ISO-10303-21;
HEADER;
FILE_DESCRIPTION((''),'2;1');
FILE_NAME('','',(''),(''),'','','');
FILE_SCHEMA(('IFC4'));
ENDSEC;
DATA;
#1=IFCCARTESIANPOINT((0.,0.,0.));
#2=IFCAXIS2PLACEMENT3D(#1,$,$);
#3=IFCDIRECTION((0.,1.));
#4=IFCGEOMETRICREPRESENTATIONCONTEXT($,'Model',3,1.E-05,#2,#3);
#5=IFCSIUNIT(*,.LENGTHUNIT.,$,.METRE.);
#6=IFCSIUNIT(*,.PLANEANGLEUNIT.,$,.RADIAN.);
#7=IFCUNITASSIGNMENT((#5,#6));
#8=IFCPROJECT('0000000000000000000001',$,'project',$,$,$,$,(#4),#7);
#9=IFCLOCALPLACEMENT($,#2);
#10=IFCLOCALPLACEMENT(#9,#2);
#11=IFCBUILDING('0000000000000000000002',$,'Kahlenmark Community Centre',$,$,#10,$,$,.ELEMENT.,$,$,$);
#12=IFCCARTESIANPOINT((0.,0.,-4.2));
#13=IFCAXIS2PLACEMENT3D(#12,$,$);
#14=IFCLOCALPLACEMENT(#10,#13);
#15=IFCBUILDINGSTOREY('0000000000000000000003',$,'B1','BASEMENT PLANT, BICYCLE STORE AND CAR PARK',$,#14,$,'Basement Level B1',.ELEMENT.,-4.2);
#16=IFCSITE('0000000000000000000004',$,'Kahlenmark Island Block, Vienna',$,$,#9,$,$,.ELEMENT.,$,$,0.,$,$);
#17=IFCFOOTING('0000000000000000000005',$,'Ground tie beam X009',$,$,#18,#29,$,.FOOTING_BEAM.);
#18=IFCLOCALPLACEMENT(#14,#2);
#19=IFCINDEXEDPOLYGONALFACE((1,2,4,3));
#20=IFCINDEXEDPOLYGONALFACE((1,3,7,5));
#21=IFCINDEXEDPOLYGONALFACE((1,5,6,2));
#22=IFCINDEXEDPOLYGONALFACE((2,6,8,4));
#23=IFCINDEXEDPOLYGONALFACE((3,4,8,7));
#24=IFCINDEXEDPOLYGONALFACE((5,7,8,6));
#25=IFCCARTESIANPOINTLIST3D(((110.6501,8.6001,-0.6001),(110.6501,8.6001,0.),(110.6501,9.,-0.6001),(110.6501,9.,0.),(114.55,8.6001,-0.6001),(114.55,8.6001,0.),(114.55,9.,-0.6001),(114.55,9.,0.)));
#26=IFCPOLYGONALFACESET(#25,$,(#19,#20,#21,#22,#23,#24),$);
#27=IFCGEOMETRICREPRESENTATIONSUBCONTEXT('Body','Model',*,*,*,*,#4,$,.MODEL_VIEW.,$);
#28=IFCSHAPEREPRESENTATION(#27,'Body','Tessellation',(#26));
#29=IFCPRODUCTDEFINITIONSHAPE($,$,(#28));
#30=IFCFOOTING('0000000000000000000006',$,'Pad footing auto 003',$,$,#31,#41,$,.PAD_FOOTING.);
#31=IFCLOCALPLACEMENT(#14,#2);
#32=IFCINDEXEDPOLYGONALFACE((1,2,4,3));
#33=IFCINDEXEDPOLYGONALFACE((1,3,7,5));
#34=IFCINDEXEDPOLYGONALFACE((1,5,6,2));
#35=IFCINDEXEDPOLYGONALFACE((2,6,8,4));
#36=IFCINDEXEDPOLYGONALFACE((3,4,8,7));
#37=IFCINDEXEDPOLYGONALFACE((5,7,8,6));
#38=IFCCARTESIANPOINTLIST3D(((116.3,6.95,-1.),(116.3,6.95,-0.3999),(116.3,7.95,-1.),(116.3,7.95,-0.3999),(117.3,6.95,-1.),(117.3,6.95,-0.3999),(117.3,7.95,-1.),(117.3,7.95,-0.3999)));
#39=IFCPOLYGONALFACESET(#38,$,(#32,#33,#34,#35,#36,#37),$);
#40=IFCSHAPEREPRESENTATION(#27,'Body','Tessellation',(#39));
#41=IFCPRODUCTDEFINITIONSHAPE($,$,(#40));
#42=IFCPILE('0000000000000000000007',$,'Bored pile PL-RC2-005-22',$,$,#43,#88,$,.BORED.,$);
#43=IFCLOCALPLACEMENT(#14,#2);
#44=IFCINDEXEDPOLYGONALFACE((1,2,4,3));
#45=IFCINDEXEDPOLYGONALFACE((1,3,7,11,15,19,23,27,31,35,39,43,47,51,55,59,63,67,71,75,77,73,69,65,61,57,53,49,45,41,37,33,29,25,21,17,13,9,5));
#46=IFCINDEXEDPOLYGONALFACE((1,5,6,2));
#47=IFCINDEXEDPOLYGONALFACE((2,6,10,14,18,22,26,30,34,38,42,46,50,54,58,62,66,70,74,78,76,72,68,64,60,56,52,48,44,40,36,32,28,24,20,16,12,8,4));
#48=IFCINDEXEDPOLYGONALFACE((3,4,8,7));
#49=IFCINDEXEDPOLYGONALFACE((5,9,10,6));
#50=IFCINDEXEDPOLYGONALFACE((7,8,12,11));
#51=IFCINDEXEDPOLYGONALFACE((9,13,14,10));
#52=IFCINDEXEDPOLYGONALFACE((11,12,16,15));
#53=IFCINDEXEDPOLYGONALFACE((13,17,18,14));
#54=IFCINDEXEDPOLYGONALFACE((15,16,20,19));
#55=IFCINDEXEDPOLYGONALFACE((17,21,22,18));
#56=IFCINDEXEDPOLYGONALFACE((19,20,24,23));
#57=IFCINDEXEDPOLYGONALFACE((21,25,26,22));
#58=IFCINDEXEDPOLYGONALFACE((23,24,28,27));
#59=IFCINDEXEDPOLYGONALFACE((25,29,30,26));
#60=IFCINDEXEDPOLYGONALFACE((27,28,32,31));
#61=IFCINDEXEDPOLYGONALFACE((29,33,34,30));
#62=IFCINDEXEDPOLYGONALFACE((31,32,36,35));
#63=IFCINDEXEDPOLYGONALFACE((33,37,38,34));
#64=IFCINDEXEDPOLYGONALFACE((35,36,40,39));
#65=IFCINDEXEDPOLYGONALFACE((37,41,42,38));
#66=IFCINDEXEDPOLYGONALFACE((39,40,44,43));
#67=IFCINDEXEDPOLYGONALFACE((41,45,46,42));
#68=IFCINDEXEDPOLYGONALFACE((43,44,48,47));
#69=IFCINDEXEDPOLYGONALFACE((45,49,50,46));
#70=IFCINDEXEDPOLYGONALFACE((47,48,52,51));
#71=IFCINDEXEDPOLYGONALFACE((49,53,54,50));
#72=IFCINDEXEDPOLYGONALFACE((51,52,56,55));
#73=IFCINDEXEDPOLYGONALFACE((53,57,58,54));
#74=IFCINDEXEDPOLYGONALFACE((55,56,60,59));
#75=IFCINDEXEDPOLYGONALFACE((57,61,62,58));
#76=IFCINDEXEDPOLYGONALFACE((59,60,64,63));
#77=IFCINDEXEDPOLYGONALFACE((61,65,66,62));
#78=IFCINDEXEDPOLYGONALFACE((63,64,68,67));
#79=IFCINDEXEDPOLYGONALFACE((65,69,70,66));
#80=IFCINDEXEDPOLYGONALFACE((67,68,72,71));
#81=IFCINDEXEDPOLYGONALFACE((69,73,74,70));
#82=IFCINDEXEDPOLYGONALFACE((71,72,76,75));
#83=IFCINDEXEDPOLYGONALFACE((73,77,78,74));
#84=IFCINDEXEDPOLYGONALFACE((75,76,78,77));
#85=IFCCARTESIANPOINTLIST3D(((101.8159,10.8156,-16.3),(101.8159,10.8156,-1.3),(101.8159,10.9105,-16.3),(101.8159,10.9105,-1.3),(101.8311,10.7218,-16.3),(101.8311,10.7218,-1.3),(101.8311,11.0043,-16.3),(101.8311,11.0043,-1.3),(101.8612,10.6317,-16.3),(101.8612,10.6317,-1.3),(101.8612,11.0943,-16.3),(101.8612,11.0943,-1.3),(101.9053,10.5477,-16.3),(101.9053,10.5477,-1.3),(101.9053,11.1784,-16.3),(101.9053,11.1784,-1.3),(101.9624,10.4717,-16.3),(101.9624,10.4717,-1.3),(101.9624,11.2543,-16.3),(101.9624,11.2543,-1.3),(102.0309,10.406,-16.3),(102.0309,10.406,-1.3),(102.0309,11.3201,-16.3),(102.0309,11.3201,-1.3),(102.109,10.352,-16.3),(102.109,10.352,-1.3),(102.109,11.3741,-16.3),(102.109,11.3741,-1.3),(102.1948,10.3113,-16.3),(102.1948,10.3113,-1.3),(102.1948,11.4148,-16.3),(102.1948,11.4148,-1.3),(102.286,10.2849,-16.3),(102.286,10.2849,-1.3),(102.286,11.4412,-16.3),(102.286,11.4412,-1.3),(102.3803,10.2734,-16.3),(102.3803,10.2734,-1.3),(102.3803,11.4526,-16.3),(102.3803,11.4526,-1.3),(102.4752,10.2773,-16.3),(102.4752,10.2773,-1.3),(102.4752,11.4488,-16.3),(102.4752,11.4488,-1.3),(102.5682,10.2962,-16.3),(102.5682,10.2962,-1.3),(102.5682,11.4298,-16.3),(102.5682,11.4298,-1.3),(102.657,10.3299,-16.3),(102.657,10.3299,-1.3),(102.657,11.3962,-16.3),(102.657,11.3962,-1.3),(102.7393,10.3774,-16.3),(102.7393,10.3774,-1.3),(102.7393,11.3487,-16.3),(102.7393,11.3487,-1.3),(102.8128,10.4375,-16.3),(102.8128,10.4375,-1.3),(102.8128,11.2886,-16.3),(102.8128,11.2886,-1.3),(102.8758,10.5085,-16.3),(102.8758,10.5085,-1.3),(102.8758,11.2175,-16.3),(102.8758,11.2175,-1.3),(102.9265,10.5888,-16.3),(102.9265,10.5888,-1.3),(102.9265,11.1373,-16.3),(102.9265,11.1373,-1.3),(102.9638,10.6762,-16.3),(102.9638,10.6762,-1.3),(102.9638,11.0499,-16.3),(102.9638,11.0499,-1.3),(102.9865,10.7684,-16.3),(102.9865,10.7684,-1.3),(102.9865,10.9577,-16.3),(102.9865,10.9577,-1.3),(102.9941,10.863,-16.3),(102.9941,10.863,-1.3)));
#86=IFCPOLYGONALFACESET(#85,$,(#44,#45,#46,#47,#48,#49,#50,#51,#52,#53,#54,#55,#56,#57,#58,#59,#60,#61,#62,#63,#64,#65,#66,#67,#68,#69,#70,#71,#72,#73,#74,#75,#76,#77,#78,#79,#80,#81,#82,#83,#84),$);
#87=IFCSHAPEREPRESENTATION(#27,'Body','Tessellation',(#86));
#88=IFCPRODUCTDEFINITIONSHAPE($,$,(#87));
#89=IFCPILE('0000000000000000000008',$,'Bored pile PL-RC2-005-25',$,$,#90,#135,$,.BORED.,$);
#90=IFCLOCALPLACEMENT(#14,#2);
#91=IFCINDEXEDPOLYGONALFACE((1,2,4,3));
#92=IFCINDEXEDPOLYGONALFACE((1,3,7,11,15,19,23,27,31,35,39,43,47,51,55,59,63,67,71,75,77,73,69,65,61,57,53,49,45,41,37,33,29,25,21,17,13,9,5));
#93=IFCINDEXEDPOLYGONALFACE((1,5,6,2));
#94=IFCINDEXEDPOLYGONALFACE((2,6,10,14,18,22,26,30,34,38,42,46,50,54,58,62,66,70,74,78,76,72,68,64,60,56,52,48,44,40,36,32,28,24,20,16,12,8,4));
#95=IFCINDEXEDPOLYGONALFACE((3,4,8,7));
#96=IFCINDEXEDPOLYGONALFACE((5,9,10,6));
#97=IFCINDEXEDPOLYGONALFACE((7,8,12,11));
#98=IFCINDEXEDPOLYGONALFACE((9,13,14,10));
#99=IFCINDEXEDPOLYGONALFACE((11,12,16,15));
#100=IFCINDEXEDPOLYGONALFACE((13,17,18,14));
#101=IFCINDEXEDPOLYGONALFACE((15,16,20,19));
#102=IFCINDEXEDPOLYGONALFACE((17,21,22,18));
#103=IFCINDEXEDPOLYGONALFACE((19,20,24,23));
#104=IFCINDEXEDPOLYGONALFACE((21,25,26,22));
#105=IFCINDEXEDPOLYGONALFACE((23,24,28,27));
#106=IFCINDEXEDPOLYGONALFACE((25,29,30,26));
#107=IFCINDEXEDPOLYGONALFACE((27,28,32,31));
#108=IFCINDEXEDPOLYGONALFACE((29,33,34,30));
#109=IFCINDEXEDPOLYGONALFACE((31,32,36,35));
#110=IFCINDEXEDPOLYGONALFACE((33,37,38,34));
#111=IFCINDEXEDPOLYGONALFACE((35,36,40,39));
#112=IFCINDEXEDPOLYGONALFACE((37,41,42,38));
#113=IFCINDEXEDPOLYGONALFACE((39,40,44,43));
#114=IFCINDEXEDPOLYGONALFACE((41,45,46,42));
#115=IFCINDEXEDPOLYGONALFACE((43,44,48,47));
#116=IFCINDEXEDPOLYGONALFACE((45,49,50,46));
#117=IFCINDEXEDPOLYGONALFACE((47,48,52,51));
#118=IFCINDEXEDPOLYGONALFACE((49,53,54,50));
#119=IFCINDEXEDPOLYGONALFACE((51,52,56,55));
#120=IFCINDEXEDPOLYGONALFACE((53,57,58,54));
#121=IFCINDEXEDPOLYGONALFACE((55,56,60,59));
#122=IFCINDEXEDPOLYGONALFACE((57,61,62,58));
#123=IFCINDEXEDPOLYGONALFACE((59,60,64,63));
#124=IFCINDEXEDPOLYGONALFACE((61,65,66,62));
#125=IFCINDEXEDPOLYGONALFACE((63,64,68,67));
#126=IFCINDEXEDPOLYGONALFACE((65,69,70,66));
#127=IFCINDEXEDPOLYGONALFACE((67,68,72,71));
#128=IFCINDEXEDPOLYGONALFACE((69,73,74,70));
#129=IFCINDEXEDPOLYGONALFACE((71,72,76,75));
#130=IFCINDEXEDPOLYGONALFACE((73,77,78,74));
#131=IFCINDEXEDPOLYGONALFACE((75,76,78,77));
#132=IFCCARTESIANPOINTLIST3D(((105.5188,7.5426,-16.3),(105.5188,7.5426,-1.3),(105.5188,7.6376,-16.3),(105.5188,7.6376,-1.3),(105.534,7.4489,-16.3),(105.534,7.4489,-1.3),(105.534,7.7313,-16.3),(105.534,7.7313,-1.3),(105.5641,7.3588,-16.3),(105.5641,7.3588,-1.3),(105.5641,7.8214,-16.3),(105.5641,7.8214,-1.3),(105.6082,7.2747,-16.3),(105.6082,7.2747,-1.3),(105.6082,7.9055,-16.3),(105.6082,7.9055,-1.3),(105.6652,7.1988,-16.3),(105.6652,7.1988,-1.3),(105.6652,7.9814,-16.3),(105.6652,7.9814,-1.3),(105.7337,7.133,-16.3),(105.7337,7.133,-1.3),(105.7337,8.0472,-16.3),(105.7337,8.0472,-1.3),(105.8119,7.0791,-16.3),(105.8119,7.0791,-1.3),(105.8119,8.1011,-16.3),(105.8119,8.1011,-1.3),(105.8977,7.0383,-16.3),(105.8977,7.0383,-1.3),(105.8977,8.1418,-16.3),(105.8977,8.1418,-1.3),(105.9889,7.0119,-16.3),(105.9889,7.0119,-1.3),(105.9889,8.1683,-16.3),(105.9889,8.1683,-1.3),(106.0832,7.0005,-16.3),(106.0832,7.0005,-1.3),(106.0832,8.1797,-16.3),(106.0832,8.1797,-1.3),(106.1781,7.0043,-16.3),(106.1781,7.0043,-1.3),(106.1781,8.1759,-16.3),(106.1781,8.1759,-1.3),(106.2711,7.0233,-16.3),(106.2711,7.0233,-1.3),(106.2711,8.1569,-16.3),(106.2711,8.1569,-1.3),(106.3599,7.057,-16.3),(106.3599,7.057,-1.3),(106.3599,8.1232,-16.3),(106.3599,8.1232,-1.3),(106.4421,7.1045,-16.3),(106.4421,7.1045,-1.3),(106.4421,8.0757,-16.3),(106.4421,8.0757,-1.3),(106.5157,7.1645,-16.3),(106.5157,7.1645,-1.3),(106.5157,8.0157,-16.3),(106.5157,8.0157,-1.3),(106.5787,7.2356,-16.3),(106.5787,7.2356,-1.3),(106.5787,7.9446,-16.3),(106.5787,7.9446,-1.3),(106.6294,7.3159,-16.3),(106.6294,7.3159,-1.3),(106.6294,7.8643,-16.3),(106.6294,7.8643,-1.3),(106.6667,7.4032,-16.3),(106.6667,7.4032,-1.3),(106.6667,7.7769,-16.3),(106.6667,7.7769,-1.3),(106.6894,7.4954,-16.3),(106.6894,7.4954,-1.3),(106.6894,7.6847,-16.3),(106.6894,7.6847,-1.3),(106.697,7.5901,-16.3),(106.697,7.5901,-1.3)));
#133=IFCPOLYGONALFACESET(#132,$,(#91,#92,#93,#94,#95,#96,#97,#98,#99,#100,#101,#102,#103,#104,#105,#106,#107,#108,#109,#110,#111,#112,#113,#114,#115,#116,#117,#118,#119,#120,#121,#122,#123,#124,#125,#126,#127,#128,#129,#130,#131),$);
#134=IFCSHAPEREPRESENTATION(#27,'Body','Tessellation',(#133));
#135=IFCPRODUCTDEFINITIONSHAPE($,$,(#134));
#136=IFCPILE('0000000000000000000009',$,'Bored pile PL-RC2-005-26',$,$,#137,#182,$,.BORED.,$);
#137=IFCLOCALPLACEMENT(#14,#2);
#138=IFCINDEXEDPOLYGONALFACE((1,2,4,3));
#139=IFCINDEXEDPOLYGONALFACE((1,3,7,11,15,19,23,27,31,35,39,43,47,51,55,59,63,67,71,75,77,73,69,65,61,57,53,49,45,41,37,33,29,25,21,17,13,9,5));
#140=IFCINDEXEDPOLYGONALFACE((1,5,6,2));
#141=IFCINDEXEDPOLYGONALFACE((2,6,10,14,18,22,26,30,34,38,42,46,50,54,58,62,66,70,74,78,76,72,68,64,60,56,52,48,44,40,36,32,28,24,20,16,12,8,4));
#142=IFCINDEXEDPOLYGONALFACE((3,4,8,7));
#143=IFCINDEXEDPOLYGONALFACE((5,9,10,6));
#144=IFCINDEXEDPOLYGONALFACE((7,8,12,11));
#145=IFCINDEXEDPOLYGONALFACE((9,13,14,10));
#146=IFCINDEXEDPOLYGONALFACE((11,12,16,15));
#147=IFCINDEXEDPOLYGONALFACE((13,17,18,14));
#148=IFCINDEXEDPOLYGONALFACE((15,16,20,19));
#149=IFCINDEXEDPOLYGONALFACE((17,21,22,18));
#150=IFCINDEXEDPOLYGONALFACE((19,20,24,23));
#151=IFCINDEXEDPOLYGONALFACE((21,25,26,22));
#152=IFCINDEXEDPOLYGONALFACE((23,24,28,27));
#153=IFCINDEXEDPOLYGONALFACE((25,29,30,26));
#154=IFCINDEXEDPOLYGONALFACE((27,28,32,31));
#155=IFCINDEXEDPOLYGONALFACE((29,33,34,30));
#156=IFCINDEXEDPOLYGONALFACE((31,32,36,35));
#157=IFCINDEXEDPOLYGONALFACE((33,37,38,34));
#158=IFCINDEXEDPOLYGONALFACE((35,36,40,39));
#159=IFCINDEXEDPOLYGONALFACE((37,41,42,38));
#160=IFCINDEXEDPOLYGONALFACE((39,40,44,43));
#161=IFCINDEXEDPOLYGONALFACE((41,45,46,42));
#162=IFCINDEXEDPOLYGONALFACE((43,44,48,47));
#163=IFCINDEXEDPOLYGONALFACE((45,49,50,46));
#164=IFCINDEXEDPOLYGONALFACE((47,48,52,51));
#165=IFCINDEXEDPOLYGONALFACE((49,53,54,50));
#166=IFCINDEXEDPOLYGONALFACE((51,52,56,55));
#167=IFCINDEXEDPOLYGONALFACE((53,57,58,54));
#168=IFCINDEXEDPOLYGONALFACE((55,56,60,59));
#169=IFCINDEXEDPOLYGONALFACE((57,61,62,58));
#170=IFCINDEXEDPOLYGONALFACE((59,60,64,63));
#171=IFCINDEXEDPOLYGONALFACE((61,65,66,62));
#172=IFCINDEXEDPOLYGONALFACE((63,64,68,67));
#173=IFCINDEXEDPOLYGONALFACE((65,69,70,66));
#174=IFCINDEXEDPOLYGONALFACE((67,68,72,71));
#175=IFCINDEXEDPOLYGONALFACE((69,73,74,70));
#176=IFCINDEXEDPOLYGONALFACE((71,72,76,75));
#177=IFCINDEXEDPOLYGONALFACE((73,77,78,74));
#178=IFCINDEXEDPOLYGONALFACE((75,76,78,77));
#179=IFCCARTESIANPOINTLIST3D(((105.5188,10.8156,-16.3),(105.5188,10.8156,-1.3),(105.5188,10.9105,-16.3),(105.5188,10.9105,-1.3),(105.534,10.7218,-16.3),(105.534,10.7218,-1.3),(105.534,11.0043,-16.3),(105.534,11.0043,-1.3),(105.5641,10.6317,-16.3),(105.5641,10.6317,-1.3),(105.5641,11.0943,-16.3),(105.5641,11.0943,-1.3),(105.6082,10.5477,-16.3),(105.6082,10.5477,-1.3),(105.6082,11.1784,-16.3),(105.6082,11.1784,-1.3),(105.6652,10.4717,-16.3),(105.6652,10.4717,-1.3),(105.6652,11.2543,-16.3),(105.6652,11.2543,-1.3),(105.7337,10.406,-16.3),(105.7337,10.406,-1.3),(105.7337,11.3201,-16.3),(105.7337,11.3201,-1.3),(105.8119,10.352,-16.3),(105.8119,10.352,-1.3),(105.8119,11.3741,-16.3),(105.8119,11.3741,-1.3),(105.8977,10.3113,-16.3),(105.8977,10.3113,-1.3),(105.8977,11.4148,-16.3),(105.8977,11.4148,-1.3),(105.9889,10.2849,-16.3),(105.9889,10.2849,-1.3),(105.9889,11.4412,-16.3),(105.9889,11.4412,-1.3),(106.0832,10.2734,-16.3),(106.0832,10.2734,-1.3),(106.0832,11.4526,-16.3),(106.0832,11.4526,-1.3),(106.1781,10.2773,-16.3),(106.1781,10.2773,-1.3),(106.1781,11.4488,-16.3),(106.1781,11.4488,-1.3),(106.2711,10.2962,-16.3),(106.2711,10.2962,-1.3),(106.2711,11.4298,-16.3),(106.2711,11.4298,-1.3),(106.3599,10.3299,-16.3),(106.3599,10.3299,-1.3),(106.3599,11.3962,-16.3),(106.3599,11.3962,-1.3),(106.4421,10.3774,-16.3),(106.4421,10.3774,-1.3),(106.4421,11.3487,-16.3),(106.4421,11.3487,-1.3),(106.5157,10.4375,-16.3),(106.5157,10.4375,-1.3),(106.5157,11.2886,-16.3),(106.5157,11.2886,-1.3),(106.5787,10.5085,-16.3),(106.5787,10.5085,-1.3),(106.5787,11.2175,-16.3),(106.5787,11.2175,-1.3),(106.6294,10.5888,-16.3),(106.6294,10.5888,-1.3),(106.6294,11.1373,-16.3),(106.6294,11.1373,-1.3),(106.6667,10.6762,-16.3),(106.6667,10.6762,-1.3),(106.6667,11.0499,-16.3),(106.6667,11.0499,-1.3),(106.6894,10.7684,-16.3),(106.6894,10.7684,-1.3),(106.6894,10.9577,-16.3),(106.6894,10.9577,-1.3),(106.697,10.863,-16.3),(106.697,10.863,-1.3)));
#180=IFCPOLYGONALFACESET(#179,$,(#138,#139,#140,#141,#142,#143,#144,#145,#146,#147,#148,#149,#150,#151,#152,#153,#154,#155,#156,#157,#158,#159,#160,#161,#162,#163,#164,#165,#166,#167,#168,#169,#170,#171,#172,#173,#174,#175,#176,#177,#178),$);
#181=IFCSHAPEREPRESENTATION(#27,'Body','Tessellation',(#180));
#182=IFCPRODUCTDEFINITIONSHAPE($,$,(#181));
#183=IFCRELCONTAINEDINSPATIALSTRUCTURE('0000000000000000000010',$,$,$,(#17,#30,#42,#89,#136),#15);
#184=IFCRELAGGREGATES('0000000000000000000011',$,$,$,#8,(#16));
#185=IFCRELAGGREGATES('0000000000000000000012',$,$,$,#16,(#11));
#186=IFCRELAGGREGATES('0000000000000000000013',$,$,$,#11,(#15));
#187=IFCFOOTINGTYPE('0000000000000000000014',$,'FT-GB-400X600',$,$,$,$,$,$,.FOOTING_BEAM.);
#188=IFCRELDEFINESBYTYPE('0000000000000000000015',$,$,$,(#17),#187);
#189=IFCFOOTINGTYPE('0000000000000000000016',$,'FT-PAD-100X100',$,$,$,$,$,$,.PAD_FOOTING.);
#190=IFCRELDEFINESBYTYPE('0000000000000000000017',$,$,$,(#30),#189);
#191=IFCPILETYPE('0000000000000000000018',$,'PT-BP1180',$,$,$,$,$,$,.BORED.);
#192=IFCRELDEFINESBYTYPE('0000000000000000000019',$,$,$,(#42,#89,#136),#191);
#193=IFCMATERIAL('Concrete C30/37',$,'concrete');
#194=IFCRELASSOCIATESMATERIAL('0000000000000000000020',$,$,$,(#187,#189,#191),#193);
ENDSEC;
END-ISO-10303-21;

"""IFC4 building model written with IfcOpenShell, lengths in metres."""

from ifc_helpers import new_model, si_unit, direction, frame, origin, origin_2d, place, context, subcontext, project, spatial, rectangle, circle, extrude, material, material_profile, profile_set, type_object, element, save


model = new_model("IFC4")

# Units and contexts
model_context = context("Model", 3, precision=1e-05, world=origin(), true_north=direction((0.0, 1.0)))
body_context = subcontext(model_context, "Body", "Model", "MODEL_VIEW")
ifc_project = project(units=[si_unit("LENGTHUNIT", "METRE"), si_unit("PLANEANGLEUNIT", "RADIAN")], contexts=[model_context])

# Site, building, storey
site_placement = place(None, origin())
site = spatial("IfcSite", under=ifc_project, at=site_placement, Name="Kahlenmark Island Block, Vienna", CompositionType="ELEMENT", RefElevation=0.0)
building_placement = place(site_placement, origin())
building = spatial("IfcBuilding", under=site, at=building_placement, Name="Kahlenmark Community Centre", CompositionType="ELEMENT")
storey_placement = place(building_placement, frame((0.0, 0.0, -4.2)))
storey = spatial("IfcBuildingStorey", under=building, at=storey_placement, Name="B1", Description="BASEMENT PLANT, BICYCLE STORE AND CAR PARK", LongName="Basement Level B1", CompositionType="ELEMENT", Elevation=-4.2)

# Footings
ifc_material_1 = material(Name="Concrete C30/37", Category="concrete")
footing_type_1 = type_object("IfcFootingType", Name="FT-GB-400X600", PredefinedType="FOOTING_BEAM", material=ifc_material_1)
footing_1_placement = place(storey_placement, frame((112.6001, 8.8, -0.6001), z_axis=(0.0, 0.0, 1.0), x_axis=(1.0, 0.0, 0.0)))
element("IfcFooting", 1, at=footing_1_placement, inside=storey, type_object=footing_type_1, Name="Ground tie beam X009", PredefinedType="FOOTING_BEAM", context=body_context, shape_type="SweptSolid", body=[
    extrude(rectangle(XDim=3.8999, YDim=0.3999, at=origin_2d()), origin(), (0.0, 0.0, 1.0), 0.6001),
])
footing_type_2 = type_object("IfcFootingType", Name="FT-PAD-100X100", PredefinedType="PAD_FOOTING", material=ifc_material_1)
footing_2_placement = place(storey_placement, frame((116.8, 7.45, -1.0), z_axis=(0.0, 0.0, 1.0), x_axis=(1.0, 0.0, 0.0)))
element("IfcFooting", 2, at=footing_2_placement, inside=storey, type_object=footing_type_2, Name="Pad footing auto 003", PredefinedType="PAD_FOOTING", context=body_context, shape_type="SweptSolid", body=[
    extrude(rectangle(XDim=1.0, YDim=1.0, at=origin_2d()), origin(), (0.0, 0.0, 1.0), 0.6001),
])

# Piles
ifc_material_profile_1 = material_profile(ifc_material_1, circle(Radius=0.5901, at=origin_2d()), Name="BORED PILE 1180")
ifc_profile_set_1 = profile_set([ifc_material_profile_1], Name="Concrete C30/37")
pile_type = type_object("IfcPileType", Name="PT-BP1180", PredefinedType="BORED", material=ifc_profile_set_1)
for number, where, z_axis, x_axis, name in (
    (3, (102.4041, 10.863, -1.3), (0.0, 0.0, -1.0), (1.0, 0.0, 0.0), "Bored pile PL-RC2-005-22"),
    (4, (106.1069, 7.5901, -1.3), (0.0, 0.0, -1.0), (1.0, 0.0, 0.0), "Bored pile PL-RC2-005-25"),
    (5, (106.1069, 10.863, -1.3), (0.0, 0.0, -1.0), (1.0, 0.0, 0.0), "Bored pile PL-RC2-005-26"),
):
    element("IfcPile", number, at=place(storey_placement, frame(where, z_axis=z_axis, x_axis=x_axis)), inside=storey, type_object=pile_type, Name=name, PredefinedType="BORED", context=body_context, shape_type="SweptSolid", body=[
        extrude(circle(Radius=0.5901, at=origin_2d()), origin(), (0.0, 0.0, 1.0), 15.0),
    ])

save(model, "model.ifc")
